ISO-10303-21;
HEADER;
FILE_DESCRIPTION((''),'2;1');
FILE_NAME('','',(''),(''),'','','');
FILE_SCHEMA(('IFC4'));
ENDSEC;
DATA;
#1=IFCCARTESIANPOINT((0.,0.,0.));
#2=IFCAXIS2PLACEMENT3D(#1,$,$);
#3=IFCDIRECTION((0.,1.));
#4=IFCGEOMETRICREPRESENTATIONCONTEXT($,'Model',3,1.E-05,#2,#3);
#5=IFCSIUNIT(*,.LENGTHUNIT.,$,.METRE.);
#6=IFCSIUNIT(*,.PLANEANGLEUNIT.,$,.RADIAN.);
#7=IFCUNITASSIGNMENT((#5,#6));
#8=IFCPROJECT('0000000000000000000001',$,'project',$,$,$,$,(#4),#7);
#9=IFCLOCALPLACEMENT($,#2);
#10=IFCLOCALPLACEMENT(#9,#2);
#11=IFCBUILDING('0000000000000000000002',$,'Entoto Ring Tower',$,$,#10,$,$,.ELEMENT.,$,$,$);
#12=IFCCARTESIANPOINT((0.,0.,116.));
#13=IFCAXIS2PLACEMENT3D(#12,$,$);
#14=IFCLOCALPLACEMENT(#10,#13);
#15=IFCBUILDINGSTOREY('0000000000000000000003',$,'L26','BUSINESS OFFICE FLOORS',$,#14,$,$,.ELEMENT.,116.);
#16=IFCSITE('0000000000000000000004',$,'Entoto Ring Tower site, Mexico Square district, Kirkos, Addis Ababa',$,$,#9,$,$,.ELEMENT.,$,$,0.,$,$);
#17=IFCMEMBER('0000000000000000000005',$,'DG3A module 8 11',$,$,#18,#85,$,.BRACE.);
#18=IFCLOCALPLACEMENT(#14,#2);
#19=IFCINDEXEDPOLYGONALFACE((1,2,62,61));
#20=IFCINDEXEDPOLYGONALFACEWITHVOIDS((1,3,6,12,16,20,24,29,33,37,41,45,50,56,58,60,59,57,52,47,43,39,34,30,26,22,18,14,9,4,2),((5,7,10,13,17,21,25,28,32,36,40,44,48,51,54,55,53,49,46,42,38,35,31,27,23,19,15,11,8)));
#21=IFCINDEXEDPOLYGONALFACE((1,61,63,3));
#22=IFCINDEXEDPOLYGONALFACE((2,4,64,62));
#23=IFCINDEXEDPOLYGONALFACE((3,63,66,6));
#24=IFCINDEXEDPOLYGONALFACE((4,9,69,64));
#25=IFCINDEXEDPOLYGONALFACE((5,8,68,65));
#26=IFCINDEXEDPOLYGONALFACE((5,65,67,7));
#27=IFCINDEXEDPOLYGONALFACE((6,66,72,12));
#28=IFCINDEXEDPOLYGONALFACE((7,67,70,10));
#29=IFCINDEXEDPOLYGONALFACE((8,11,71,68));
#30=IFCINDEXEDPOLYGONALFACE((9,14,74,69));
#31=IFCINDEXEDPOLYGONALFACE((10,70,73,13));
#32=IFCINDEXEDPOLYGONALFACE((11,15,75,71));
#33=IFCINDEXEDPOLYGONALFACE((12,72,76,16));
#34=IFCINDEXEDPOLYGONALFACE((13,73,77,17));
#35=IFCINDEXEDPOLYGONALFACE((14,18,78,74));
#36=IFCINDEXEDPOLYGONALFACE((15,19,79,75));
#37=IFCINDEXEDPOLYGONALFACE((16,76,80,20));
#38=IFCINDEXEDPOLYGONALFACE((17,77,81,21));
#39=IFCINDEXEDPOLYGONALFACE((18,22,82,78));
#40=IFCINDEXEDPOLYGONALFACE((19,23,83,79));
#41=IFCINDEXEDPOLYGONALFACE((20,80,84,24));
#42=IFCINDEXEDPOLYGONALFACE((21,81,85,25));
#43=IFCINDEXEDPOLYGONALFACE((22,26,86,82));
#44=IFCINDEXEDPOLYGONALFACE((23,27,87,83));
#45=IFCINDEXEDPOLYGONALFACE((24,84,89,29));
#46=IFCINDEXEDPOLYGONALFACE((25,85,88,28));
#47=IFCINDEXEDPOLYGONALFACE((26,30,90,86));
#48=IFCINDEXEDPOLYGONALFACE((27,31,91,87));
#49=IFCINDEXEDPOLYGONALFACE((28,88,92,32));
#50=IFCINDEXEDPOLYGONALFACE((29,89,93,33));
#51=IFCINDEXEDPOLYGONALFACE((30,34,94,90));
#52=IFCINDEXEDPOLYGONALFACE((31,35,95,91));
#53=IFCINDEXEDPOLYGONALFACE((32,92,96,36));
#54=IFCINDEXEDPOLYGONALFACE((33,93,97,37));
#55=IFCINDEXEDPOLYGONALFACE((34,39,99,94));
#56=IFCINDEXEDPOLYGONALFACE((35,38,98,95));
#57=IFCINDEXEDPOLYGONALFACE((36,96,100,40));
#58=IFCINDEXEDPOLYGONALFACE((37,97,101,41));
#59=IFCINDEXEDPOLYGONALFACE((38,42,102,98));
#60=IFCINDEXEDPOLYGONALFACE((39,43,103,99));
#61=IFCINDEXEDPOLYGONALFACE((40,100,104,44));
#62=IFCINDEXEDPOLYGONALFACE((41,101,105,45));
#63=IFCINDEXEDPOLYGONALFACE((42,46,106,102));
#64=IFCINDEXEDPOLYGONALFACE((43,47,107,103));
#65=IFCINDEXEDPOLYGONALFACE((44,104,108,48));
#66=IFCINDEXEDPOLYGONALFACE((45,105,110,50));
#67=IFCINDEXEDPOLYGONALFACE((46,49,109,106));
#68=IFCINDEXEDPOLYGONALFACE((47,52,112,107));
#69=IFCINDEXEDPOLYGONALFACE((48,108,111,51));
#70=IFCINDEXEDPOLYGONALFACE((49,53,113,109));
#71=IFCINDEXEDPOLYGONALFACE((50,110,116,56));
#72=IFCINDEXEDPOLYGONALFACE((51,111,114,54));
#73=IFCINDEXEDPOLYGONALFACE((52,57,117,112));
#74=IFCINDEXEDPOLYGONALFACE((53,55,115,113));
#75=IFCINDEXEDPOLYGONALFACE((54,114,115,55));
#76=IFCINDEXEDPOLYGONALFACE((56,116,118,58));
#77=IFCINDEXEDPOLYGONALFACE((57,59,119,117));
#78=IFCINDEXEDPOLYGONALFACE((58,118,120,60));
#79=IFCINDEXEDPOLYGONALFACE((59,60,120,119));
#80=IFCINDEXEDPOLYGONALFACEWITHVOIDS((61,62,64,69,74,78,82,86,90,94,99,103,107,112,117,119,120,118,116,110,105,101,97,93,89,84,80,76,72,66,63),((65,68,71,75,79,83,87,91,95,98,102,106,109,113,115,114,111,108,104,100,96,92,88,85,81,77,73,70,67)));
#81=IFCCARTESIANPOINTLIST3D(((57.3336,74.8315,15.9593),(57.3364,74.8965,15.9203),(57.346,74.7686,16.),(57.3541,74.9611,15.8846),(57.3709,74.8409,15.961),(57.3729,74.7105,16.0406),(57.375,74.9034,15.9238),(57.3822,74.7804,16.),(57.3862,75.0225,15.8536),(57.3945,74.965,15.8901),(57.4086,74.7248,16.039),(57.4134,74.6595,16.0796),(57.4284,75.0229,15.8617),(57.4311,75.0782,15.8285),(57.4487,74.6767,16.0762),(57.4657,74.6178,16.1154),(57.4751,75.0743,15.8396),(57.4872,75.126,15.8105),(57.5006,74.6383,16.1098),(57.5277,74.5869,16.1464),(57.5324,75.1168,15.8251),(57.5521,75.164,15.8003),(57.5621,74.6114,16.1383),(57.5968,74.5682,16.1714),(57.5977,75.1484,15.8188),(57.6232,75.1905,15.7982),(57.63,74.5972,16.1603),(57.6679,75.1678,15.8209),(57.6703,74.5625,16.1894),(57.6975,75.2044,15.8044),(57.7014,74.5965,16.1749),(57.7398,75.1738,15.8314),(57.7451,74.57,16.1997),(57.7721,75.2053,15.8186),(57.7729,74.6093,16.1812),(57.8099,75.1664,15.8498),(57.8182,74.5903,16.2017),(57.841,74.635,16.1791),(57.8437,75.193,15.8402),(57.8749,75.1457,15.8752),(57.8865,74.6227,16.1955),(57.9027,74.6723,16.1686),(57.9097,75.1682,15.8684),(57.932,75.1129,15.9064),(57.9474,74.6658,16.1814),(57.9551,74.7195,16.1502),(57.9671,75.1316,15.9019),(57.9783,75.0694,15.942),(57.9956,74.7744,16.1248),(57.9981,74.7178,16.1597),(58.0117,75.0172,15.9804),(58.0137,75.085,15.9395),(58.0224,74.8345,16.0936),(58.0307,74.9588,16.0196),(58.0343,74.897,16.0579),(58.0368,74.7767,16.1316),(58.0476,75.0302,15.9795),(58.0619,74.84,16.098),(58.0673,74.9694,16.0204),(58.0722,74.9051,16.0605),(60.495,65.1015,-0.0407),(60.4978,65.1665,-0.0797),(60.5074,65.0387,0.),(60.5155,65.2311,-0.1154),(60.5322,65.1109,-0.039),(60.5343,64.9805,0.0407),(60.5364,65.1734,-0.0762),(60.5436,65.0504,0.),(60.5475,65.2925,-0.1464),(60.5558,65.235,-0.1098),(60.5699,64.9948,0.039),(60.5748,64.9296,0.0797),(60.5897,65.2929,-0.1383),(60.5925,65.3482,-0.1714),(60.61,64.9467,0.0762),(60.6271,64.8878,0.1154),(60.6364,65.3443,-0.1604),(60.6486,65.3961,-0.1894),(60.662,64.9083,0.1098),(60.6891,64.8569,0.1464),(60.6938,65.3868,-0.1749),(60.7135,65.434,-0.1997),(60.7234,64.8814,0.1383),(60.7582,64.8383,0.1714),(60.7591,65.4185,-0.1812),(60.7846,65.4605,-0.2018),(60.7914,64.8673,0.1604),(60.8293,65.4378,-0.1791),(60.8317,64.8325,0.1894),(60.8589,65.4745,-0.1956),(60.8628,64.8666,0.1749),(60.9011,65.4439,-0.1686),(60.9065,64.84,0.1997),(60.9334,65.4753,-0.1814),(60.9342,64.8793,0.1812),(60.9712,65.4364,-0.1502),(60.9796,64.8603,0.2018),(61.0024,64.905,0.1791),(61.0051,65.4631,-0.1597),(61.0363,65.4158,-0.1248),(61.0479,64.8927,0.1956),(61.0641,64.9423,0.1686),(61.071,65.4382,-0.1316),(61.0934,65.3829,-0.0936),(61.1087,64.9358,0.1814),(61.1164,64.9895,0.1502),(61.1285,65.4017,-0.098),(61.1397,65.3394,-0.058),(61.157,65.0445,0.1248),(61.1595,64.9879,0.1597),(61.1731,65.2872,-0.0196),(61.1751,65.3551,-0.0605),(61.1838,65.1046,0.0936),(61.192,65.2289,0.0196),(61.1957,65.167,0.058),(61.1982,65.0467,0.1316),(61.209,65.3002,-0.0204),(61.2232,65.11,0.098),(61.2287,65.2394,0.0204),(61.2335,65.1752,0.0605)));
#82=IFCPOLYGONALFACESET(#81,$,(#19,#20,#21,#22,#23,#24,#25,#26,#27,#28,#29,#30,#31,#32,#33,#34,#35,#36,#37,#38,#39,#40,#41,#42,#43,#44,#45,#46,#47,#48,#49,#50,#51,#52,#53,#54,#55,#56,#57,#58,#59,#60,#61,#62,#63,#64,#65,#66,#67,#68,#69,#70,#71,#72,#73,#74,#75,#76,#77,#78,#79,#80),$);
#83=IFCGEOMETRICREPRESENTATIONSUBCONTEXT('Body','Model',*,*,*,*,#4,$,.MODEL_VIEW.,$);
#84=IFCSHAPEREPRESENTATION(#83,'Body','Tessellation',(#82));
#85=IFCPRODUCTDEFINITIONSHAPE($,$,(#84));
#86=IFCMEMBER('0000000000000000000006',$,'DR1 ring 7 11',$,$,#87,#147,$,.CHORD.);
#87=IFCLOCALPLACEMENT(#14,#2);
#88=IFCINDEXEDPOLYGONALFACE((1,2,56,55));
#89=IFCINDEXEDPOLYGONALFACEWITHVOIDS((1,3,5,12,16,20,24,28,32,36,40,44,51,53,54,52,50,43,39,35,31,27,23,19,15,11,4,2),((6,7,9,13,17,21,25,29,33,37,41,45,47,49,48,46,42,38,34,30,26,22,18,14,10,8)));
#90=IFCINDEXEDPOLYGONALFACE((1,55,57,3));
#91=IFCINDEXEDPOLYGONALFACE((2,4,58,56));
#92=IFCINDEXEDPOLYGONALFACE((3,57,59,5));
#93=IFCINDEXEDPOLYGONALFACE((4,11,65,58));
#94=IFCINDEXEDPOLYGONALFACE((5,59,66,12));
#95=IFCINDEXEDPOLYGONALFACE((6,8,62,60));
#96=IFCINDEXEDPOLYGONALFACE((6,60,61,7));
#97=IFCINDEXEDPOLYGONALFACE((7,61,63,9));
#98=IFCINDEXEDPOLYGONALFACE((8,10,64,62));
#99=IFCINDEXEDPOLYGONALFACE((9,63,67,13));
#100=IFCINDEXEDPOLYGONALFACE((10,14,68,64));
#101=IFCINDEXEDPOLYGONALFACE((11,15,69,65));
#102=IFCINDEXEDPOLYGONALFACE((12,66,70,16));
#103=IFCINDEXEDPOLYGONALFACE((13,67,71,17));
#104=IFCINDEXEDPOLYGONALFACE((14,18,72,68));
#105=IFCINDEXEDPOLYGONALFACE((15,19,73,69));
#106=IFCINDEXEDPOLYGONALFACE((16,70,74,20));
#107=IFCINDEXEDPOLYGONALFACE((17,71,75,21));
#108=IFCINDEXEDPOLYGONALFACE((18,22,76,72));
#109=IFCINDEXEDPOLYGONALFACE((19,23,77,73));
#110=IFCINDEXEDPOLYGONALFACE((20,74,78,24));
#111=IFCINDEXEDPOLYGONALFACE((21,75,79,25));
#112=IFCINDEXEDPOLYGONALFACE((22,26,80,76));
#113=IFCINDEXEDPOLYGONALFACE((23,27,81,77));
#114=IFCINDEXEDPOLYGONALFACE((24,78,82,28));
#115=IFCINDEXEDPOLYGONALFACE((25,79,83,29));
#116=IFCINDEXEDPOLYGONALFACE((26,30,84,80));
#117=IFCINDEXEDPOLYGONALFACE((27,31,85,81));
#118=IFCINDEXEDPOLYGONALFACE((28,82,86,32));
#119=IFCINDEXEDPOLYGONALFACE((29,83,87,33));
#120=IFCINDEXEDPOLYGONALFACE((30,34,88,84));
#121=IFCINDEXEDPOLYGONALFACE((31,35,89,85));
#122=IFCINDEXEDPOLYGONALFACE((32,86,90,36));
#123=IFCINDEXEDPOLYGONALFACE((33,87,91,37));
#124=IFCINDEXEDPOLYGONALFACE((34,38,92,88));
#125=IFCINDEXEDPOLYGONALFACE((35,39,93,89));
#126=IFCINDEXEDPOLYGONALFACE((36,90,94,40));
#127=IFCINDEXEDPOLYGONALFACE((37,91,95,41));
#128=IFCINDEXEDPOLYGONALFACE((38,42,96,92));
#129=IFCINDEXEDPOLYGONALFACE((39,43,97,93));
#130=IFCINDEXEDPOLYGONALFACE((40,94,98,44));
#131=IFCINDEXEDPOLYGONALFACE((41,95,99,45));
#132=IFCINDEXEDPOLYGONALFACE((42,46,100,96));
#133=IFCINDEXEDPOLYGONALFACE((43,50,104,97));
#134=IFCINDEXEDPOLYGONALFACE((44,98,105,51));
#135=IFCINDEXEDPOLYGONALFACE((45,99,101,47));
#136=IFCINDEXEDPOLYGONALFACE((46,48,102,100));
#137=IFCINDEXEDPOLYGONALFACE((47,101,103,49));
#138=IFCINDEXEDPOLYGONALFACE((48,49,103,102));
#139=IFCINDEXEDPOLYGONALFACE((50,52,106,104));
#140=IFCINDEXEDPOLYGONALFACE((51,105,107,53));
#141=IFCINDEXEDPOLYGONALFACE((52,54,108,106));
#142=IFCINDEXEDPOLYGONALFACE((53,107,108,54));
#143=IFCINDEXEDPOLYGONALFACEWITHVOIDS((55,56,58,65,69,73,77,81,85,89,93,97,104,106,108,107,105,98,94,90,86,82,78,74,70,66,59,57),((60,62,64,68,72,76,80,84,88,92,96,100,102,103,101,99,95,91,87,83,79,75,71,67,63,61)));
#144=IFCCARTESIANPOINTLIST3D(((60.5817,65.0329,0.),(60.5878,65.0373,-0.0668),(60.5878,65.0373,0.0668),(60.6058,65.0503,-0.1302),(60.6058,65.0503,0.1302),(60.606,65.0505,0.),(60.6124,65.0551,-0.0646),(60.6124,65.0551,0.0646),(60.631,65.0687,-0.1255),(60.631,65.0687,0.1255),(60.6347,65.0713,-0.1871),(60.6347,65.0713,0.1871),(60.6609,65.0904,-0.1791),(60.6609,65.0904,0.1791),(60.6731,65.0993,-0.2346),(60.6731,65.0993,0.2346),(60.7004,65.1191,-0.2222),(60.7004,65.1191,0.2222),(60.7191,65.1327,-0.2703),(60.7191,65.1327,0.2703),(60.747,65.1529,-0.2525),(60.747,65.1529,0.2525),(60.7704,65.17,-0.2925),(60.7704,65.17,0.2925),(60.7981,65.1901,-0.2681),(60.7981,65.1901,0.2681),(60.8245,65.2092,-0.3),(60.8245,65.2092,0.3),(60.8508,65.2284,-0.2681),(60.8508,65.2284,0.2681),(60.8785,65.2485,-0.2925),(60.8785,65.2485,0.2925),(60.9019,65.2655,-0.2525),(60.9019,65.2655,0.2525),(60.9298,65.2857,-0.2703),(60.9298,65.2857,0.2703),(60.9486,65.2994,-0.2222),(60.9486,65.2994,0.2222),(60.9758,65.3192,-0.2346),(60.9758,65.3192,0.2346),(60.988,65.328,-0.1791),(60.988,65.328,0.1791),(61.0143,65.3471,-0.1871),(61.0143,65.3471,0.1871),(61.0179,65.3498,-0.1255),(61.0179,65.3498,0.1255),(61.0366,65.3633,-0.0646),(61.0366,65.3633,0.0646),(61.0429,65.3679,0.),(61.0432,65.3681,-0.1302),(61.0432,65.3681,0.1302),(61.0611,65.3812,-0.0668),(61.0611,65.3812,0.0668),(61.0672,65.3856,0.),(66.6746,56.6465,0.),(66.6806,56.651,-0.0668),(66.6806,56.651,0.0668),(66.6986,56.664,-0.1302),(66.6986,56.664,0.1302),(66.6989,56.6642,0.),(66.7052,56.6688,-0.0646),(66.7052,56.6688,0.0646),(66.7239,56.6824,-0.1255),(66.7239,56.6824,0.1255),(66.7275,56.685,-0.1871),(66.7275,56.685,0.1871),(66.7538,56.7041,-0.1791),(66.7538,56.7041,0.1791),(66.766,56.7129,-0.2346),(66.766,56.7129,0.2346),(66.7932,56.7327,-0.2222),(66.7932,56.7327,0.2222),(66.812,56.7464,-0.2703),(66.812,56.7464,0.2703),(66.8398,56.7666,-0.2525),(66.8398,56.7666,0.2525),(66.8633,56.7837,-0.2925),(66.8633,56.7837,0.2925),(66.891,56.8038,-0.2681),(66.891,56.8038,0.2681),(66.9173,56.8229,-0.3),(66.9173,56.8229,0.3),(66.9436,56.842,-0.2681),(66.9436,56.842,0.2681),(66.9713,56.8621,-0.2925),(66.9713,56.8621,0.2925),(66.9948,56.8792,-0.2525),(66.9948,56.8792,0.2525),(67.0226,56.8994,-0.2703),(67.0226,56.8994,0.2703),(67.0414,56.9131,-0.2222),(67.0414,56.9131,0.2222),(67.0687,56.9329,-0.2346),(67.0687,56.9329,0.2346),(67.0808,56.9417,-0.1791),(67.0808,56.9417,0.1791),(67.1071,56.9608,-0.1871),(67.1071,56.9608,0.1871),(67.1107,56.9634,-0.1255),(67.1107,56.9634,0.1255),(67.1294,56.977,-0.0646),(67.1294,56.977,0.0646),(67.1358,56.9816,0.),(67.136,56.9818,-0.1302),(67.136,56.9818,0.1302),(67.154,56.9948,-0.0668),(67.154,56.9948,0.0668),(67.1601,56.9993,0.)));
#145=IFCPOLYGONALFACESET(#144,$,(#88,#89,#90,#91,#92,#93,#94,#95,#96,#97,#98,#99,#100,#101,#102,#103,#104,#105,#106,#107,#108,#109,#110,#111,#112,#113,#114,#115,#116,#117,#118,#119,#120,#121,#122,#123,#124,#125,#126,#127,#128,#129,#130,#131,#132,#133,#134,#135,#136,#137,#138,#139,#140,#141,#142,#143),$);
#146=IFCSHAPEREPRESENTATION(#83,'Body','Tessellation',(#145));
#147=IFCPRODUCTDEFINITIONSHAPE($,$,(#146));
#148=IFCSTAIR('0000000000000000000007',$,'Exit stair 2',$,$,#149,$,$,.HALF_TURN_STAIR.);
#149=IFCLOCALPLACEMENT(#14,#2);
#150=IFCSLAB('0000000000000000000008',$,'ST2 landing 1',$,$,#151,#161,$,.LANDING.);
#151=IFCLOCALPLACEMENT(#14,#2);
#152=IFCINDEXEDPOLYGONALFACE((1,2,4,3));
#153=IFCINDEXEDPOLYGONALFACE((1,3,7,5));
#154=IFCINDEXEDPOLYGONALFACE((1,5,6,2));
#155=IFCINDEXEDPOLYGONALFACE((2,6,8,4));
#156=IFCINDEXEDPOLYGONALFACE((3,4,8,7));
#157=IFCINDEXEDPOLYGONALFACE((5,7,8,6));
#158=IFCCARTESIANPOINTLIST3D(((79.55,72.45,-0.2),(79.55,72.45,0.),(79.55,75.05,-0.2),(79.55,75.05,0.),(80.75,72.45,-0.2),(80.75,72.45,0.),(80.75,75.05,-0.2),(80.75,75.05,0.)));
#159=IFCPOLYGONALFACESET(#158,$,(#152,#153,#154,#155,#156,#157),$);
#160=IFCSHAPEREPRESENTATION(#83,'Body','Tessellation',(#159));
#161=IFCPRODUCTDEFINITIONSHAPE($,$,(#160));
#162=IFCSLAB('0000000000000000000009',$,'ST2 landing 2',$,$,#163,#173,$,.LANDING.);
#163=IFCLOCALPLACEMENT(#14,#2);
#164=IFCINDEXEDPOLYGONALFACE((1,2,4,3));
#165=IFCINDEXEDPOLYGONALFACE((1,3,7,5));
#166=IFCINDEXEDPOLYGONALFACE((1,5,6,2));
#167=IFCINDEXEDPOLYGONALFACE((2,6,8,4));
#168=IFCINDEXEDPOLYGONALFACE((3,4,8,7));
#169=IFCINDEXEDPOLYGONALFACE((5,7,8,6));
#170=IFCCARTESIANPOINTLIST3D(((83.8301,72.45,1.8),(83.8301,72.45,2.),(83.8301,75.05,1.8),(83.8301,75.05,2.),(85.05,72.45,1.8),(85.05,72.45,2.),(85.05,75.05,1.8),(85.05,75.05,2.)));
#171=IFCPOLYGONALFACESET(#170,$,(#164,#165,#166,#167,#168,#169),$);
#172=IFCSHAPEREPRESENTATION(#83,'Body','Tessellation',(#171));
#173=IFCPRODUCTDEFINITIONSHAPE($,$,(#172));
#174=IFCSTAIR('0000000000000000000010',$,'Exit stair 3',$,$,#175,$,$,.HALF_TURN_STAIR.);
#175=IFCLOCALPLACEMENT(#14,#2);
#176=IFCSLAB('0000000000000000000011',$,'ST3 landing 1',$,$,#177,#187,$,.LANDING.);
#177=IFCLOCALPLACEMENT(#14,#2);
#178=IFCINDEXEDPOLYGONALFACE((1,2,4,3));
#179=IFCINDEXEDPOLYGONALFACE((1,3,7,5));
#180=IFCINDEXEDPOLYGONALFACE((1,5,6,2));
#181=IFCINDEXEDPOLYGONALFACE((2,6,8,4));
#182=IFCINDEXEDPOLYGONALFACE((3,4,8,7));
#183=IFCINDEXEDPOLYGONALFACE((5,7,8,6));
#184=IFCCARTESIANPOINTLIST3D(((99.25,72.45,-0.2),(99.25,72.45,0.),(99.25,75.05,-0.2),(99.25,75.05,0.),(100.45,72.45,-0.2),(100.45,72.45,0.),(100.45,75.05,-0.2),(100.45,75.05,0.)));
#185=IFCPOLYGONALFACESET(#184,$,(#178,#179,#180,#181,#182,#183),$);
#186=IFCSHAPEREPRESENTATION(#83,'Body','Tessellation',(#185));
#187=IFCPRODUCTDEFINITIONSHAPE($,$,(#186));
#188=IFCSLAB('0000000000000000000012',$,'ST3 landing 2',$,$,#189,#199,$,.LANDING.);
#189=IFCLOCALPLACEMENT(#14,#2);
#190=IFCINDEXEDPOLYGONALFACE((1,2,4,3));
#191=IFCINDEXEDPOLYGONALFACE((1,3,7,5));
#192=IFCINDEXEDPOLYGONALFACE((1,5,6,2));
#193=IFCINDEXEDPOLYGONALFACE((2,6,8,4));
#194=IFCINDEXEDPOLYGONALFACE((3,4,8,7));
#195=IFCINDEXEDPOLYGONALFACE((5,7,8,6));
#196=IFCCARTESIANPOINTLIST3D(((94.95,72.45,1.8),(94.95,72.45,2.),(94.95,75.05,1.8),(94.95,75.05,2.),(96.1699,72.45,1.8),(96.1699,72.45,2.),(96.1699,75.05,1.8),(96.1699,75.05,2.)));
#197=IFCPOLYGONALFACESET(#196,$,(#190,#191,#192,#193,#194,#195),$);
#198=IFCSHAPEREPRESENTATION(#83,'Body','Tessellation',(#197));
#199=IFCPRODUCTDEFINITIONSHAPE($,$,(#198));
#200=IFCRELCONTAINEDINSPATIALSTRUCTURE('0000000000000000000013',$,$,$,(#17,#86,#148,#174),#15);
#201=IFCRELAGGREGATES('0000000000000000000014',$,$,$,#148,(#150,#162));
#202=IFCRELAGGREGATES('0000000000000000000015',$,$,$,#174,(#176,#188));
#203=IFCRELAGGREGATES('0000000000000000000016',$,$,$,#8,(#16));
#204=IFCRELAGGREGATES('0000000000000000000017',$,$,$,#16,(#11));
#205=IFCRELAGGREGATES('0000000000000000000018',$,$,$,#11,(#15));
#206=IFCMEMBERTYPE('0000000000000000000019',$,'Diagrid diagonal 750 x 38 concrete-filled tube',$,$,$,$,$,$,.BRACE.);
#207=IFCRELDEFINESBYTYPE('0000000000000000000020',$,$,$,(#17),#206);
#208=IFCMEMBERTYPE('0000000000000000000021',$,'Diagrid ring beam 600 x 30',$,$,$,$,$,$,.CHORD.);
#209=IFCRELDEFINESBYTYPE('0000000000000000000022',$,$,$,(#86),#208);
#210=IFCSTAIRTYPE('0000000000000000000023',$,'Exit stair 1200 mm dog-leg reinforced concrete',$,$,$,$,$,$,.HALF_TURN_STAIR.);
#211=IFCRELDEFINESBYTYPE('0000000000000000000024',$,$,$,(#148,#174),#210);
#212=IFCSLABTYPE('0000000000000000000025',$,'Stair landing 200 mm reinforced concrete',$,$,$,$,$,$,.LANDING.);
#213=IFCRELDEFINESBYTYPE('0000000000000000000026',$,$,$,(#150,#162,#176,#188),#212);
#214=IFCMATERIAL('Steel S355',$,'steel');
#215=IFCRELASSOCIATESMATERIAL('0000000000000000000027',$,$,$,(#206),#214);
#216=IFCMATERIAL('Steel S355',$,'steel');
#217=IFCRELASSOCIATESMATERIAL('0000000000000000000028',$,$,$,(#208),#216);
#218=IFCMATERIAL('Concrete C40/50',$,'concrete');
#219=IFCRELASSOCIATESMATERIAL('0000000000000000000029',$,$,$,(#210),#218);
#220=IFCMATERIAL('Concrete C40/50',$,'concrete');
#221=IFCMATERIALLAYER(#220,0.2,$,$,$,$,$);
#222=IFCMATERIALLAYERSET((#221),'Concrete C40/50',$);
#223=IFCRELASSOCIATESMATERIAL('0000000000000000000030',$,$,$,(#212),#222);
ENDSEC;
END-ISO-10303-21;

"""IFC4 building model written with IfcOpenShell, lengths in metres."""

from ifc_helpers import new_model, si_unit, direction, frame, origin, origin_2d, place, context, subcontext, project, spatial, polyline, circle, hollow_circle, outline, extrude, material, layer, layer_set, material_profile, profile_set, type_object, element, aggregate, save


model = new_model("IFC4")

# Units and contexts
model_context = context("Model", 3, precision=1e-05, world=origin(), true_north=direction((0.0, 1.0)))
body_context = subcontext(model_context, "Body", "Model", "MODEL_VIEW")
ifc_project = project(units=[si_unit("LENGTHUNIT", "METRE"), si_unit("PLANEANGLEUNIT", "RADIAN")], contexts=[model_context])

# Site, building, storey
site_placement = place(None, origin())
site = spatial("IfcSite", under=ifc_project, at=site_placement, Name="Entoto Ring Tower site, Mexico Square district, Kirkos, Addis Ababa", CompositionType="ELEMENT", RefElevation=0.0)
building_placement = place(site_placement, origin())
building = spatial("IfcBuilding", under=site, at=building_placement, Name="Entoto Ring Tower", CompositionType="ELEMENT")
storey_placement = place(building_placement, frame((0.0, 0.0, 116.0)))
storey = spatial("IfcBuildingStorey", under=building, at=storey_placement, Name="L26", Description="BUSINESS OFFICE FLOORS", CompositionType="ELEMENT", Elevation=116.0)

# Members
ifc_material_1 = material(Name="Steel S355", Category="steel")
ifc_material_profile_1 = material_profile(ifc_material_1, hollow_circle(Radius=0.375, WallThickness=0.0381, at=origin_2d()), Name="CHS 750 x 38")
ifc_material_2 = material(Name="Concrete C60/75", Category="concrete")
ifc_material_profile_2 = material_profile(ifc_material_2, circle(Radius=0.3369, at=origin_2d()), Name="Concrete C60/75 infill")
ifc_profile_set_1 = profile_set([ifc_material_profile_1, ifc_material_profile_2], Name="Steel S355")
member_type_1 = type_object("IfcMemberType", Name="Diagrid diagonal 750 x 38 concrete-filled tube", PredefinedType="BRACE", material=ifc_profile_set_1)
member_1_placement = place(storey_placement, frame((60.864, 65.1545, 0.0), z_axis=(-0.166465, 0.512341, 0.842494), x_axis=(-0.951059, -0.309009, 0.0)))
element("IfcMember", 1, at=member_1_placement, inside=storey, type_object=member_type_1, Name="DG3A module 8 11", PredefinedType="BRACE", context=body_context, shape_type="SweptSolid", body=[
    extrude(hollow_circle(Radius=0.375, WallThickness=0.0381, at=origin_2d()), origin(), (0.0, 0.0, 1.0), 18.9912),
])
ifc_material_3 = material(Name="Steel S355", Category="steel")
ifc_material_profile_3 = material_profile(ifc_material_3, hollow_circle(Radius=0.3, WallThickness=0.03, at=origin_2d()), Name="CHS 600 x 30")
ifc_material_4 = material(Name="Concrete C60/75", Category="concrete")
ifc_material_profile_4 = material_profile(ifc_material_4, circle(Radius=0.27, at=origin_2d()), Name="Concrete C60/75 infill")
ifc_profile_set_2 = profile_set([ifc_material_profile_3, ifc_material_profile_4], Name="Steel S355")
member_type_2 = type_object("IfcMemberType", Name="Diagrid ring beam 600 x 30", PredefinedType="CHORD", material=ifc_profile_set_2)
member_2_placement = place(storey_placement, frame((60.8245, 65.2092, 0.0), z_axis=(0.587774, -0.809025, 0.0), x_axis=(0.809025, 0.587774, 0.0)))
element("IfcMember", 2, at=member_2_placement, inside=storey, type_object=member_type_2, Name="DR1 ring 7 11", PredefinedType="CHORD", context=body_context, shape_type="SweptSolid", body=[
    extrude(hollow_circle(Radius=0.3, WallThickness=0.03, at=origin_2d()), origin(), (0.0, 0.0, 1.0), 10.366),
])

# Stairs, slabs
ifc_material_5 = material(Name="Concrete C40/50", Category="concrete")
stair_type = type_object("IfcStairType", Name="Exit stair 1200 mm dog-leg reinforced concrete", PredefinedType="HALF_TURN_STAIR", material=ifc_material_5)
stair_1_placement = place(storey_placement, origin())
stair_1 = element("IfcStair", 3, at=stair_1_placement, inside=storey, type_object=stair_type, Name="Exit stair 2", PredefinedType="HALF_TURN_STAIR")
ifc_material_6 = material(Name="Concrete C40/50", Category="concrete")
ifc_layer_1 = layer(ifc_material_6, 0.2)
ifc_layer_set_1 = layer_set([ifc_layer_1], Name="Concrete C40/50")
slab_type_1 = type_object("IfcSlabType", Name="Stair landing 200 mm reinforced concrete", PredefinedType="LANDING", material=ifc_layer_set_1)
slab_1_placement = place(storey_placement, frame((0.0, 0.0, -0.2)))
slab_1 = element("IfcSlab", 4, at=slab_1_placement, type_object=slab_type_1, Name="ST2 landing 1", PredefinedType="LANDING", context=body_context, shape_type="SweptSolid", body=[
    extrude(outline(polyline([(80.75, 72.45), (80.75, 75.05), (79.55, 75.05), (79.55, 72.45), (80.75, 72.45)])), origin(), (0.0, 0.0, 1.0), 0.2),
])
slab_2_placement = place(storey_placement, frame((0.0, 0.0, 1.8)))
slab_2 = element("IfcSlab", 5, at=slab_2_placement, type_object=slab_type_1, Name="ST2 landing 2", PredefinedType="LANDING", context=body_context, shape_type="SweptSolid", body=[
    extrude(outline(polyline([(83.8301, 72.45), (85.05, 72.45), (85.05, 75.05), (83.8301, 75.05), (83.8301, 72.45)])), origin(), (0.0, 0.0, 1.0), 0.2),
])
aggregate(stair_1, [slab_1, slab_2])
stair_2_placement = place(storey_placement, origin())
stair_2 = element("IfcStair", 6, at=stair_2_placement, inside=storey, type_object=stair_type, Name="Exit stair 3", PredefinedType="HALF_TURN_STAIR")
slab_3_placement = place(storey_placement, frame((0.0, 0.0, -0.2)))
slab_3 = element("IfcSlab", 7, at=slab_3_placement, type_object=slab_type_1, Name="ST3 landing 1", PredefinedType="LANDING", context=body_context, shape_type="SweptSolid", body=[
    extrude(outline(polyline([(100.45, 72.45), (100.45, 75.05), (99.25, 75.05), (99.25, 72.45), (100.45, 72.45)])), origin(), (0.0, 0.0, 1.0), 0.2),
])
slab_4_placement = place(storey_placement, frame((0.0, 0.0, 1.8)))
slab_4 = element("IfcSlab", 8, at=slab_4_placement, type_object=slab_type_1, Name="ST3 landing 2", PredefinedType="LANDING", context=body_context, shape_type="SweptSolid", body=[
    extrude(outline(polyline([(94.95, 72.45), (96.1699, 72.45), (96.1699, 75.05), (94.95, 75.05), (94.95, 72.45)])), origin(), (0.0, 0.0, 1.0), 0.2),
])
aggregate(stair_2, [slab_3, slab_4])

save(model, "model.ifc")
